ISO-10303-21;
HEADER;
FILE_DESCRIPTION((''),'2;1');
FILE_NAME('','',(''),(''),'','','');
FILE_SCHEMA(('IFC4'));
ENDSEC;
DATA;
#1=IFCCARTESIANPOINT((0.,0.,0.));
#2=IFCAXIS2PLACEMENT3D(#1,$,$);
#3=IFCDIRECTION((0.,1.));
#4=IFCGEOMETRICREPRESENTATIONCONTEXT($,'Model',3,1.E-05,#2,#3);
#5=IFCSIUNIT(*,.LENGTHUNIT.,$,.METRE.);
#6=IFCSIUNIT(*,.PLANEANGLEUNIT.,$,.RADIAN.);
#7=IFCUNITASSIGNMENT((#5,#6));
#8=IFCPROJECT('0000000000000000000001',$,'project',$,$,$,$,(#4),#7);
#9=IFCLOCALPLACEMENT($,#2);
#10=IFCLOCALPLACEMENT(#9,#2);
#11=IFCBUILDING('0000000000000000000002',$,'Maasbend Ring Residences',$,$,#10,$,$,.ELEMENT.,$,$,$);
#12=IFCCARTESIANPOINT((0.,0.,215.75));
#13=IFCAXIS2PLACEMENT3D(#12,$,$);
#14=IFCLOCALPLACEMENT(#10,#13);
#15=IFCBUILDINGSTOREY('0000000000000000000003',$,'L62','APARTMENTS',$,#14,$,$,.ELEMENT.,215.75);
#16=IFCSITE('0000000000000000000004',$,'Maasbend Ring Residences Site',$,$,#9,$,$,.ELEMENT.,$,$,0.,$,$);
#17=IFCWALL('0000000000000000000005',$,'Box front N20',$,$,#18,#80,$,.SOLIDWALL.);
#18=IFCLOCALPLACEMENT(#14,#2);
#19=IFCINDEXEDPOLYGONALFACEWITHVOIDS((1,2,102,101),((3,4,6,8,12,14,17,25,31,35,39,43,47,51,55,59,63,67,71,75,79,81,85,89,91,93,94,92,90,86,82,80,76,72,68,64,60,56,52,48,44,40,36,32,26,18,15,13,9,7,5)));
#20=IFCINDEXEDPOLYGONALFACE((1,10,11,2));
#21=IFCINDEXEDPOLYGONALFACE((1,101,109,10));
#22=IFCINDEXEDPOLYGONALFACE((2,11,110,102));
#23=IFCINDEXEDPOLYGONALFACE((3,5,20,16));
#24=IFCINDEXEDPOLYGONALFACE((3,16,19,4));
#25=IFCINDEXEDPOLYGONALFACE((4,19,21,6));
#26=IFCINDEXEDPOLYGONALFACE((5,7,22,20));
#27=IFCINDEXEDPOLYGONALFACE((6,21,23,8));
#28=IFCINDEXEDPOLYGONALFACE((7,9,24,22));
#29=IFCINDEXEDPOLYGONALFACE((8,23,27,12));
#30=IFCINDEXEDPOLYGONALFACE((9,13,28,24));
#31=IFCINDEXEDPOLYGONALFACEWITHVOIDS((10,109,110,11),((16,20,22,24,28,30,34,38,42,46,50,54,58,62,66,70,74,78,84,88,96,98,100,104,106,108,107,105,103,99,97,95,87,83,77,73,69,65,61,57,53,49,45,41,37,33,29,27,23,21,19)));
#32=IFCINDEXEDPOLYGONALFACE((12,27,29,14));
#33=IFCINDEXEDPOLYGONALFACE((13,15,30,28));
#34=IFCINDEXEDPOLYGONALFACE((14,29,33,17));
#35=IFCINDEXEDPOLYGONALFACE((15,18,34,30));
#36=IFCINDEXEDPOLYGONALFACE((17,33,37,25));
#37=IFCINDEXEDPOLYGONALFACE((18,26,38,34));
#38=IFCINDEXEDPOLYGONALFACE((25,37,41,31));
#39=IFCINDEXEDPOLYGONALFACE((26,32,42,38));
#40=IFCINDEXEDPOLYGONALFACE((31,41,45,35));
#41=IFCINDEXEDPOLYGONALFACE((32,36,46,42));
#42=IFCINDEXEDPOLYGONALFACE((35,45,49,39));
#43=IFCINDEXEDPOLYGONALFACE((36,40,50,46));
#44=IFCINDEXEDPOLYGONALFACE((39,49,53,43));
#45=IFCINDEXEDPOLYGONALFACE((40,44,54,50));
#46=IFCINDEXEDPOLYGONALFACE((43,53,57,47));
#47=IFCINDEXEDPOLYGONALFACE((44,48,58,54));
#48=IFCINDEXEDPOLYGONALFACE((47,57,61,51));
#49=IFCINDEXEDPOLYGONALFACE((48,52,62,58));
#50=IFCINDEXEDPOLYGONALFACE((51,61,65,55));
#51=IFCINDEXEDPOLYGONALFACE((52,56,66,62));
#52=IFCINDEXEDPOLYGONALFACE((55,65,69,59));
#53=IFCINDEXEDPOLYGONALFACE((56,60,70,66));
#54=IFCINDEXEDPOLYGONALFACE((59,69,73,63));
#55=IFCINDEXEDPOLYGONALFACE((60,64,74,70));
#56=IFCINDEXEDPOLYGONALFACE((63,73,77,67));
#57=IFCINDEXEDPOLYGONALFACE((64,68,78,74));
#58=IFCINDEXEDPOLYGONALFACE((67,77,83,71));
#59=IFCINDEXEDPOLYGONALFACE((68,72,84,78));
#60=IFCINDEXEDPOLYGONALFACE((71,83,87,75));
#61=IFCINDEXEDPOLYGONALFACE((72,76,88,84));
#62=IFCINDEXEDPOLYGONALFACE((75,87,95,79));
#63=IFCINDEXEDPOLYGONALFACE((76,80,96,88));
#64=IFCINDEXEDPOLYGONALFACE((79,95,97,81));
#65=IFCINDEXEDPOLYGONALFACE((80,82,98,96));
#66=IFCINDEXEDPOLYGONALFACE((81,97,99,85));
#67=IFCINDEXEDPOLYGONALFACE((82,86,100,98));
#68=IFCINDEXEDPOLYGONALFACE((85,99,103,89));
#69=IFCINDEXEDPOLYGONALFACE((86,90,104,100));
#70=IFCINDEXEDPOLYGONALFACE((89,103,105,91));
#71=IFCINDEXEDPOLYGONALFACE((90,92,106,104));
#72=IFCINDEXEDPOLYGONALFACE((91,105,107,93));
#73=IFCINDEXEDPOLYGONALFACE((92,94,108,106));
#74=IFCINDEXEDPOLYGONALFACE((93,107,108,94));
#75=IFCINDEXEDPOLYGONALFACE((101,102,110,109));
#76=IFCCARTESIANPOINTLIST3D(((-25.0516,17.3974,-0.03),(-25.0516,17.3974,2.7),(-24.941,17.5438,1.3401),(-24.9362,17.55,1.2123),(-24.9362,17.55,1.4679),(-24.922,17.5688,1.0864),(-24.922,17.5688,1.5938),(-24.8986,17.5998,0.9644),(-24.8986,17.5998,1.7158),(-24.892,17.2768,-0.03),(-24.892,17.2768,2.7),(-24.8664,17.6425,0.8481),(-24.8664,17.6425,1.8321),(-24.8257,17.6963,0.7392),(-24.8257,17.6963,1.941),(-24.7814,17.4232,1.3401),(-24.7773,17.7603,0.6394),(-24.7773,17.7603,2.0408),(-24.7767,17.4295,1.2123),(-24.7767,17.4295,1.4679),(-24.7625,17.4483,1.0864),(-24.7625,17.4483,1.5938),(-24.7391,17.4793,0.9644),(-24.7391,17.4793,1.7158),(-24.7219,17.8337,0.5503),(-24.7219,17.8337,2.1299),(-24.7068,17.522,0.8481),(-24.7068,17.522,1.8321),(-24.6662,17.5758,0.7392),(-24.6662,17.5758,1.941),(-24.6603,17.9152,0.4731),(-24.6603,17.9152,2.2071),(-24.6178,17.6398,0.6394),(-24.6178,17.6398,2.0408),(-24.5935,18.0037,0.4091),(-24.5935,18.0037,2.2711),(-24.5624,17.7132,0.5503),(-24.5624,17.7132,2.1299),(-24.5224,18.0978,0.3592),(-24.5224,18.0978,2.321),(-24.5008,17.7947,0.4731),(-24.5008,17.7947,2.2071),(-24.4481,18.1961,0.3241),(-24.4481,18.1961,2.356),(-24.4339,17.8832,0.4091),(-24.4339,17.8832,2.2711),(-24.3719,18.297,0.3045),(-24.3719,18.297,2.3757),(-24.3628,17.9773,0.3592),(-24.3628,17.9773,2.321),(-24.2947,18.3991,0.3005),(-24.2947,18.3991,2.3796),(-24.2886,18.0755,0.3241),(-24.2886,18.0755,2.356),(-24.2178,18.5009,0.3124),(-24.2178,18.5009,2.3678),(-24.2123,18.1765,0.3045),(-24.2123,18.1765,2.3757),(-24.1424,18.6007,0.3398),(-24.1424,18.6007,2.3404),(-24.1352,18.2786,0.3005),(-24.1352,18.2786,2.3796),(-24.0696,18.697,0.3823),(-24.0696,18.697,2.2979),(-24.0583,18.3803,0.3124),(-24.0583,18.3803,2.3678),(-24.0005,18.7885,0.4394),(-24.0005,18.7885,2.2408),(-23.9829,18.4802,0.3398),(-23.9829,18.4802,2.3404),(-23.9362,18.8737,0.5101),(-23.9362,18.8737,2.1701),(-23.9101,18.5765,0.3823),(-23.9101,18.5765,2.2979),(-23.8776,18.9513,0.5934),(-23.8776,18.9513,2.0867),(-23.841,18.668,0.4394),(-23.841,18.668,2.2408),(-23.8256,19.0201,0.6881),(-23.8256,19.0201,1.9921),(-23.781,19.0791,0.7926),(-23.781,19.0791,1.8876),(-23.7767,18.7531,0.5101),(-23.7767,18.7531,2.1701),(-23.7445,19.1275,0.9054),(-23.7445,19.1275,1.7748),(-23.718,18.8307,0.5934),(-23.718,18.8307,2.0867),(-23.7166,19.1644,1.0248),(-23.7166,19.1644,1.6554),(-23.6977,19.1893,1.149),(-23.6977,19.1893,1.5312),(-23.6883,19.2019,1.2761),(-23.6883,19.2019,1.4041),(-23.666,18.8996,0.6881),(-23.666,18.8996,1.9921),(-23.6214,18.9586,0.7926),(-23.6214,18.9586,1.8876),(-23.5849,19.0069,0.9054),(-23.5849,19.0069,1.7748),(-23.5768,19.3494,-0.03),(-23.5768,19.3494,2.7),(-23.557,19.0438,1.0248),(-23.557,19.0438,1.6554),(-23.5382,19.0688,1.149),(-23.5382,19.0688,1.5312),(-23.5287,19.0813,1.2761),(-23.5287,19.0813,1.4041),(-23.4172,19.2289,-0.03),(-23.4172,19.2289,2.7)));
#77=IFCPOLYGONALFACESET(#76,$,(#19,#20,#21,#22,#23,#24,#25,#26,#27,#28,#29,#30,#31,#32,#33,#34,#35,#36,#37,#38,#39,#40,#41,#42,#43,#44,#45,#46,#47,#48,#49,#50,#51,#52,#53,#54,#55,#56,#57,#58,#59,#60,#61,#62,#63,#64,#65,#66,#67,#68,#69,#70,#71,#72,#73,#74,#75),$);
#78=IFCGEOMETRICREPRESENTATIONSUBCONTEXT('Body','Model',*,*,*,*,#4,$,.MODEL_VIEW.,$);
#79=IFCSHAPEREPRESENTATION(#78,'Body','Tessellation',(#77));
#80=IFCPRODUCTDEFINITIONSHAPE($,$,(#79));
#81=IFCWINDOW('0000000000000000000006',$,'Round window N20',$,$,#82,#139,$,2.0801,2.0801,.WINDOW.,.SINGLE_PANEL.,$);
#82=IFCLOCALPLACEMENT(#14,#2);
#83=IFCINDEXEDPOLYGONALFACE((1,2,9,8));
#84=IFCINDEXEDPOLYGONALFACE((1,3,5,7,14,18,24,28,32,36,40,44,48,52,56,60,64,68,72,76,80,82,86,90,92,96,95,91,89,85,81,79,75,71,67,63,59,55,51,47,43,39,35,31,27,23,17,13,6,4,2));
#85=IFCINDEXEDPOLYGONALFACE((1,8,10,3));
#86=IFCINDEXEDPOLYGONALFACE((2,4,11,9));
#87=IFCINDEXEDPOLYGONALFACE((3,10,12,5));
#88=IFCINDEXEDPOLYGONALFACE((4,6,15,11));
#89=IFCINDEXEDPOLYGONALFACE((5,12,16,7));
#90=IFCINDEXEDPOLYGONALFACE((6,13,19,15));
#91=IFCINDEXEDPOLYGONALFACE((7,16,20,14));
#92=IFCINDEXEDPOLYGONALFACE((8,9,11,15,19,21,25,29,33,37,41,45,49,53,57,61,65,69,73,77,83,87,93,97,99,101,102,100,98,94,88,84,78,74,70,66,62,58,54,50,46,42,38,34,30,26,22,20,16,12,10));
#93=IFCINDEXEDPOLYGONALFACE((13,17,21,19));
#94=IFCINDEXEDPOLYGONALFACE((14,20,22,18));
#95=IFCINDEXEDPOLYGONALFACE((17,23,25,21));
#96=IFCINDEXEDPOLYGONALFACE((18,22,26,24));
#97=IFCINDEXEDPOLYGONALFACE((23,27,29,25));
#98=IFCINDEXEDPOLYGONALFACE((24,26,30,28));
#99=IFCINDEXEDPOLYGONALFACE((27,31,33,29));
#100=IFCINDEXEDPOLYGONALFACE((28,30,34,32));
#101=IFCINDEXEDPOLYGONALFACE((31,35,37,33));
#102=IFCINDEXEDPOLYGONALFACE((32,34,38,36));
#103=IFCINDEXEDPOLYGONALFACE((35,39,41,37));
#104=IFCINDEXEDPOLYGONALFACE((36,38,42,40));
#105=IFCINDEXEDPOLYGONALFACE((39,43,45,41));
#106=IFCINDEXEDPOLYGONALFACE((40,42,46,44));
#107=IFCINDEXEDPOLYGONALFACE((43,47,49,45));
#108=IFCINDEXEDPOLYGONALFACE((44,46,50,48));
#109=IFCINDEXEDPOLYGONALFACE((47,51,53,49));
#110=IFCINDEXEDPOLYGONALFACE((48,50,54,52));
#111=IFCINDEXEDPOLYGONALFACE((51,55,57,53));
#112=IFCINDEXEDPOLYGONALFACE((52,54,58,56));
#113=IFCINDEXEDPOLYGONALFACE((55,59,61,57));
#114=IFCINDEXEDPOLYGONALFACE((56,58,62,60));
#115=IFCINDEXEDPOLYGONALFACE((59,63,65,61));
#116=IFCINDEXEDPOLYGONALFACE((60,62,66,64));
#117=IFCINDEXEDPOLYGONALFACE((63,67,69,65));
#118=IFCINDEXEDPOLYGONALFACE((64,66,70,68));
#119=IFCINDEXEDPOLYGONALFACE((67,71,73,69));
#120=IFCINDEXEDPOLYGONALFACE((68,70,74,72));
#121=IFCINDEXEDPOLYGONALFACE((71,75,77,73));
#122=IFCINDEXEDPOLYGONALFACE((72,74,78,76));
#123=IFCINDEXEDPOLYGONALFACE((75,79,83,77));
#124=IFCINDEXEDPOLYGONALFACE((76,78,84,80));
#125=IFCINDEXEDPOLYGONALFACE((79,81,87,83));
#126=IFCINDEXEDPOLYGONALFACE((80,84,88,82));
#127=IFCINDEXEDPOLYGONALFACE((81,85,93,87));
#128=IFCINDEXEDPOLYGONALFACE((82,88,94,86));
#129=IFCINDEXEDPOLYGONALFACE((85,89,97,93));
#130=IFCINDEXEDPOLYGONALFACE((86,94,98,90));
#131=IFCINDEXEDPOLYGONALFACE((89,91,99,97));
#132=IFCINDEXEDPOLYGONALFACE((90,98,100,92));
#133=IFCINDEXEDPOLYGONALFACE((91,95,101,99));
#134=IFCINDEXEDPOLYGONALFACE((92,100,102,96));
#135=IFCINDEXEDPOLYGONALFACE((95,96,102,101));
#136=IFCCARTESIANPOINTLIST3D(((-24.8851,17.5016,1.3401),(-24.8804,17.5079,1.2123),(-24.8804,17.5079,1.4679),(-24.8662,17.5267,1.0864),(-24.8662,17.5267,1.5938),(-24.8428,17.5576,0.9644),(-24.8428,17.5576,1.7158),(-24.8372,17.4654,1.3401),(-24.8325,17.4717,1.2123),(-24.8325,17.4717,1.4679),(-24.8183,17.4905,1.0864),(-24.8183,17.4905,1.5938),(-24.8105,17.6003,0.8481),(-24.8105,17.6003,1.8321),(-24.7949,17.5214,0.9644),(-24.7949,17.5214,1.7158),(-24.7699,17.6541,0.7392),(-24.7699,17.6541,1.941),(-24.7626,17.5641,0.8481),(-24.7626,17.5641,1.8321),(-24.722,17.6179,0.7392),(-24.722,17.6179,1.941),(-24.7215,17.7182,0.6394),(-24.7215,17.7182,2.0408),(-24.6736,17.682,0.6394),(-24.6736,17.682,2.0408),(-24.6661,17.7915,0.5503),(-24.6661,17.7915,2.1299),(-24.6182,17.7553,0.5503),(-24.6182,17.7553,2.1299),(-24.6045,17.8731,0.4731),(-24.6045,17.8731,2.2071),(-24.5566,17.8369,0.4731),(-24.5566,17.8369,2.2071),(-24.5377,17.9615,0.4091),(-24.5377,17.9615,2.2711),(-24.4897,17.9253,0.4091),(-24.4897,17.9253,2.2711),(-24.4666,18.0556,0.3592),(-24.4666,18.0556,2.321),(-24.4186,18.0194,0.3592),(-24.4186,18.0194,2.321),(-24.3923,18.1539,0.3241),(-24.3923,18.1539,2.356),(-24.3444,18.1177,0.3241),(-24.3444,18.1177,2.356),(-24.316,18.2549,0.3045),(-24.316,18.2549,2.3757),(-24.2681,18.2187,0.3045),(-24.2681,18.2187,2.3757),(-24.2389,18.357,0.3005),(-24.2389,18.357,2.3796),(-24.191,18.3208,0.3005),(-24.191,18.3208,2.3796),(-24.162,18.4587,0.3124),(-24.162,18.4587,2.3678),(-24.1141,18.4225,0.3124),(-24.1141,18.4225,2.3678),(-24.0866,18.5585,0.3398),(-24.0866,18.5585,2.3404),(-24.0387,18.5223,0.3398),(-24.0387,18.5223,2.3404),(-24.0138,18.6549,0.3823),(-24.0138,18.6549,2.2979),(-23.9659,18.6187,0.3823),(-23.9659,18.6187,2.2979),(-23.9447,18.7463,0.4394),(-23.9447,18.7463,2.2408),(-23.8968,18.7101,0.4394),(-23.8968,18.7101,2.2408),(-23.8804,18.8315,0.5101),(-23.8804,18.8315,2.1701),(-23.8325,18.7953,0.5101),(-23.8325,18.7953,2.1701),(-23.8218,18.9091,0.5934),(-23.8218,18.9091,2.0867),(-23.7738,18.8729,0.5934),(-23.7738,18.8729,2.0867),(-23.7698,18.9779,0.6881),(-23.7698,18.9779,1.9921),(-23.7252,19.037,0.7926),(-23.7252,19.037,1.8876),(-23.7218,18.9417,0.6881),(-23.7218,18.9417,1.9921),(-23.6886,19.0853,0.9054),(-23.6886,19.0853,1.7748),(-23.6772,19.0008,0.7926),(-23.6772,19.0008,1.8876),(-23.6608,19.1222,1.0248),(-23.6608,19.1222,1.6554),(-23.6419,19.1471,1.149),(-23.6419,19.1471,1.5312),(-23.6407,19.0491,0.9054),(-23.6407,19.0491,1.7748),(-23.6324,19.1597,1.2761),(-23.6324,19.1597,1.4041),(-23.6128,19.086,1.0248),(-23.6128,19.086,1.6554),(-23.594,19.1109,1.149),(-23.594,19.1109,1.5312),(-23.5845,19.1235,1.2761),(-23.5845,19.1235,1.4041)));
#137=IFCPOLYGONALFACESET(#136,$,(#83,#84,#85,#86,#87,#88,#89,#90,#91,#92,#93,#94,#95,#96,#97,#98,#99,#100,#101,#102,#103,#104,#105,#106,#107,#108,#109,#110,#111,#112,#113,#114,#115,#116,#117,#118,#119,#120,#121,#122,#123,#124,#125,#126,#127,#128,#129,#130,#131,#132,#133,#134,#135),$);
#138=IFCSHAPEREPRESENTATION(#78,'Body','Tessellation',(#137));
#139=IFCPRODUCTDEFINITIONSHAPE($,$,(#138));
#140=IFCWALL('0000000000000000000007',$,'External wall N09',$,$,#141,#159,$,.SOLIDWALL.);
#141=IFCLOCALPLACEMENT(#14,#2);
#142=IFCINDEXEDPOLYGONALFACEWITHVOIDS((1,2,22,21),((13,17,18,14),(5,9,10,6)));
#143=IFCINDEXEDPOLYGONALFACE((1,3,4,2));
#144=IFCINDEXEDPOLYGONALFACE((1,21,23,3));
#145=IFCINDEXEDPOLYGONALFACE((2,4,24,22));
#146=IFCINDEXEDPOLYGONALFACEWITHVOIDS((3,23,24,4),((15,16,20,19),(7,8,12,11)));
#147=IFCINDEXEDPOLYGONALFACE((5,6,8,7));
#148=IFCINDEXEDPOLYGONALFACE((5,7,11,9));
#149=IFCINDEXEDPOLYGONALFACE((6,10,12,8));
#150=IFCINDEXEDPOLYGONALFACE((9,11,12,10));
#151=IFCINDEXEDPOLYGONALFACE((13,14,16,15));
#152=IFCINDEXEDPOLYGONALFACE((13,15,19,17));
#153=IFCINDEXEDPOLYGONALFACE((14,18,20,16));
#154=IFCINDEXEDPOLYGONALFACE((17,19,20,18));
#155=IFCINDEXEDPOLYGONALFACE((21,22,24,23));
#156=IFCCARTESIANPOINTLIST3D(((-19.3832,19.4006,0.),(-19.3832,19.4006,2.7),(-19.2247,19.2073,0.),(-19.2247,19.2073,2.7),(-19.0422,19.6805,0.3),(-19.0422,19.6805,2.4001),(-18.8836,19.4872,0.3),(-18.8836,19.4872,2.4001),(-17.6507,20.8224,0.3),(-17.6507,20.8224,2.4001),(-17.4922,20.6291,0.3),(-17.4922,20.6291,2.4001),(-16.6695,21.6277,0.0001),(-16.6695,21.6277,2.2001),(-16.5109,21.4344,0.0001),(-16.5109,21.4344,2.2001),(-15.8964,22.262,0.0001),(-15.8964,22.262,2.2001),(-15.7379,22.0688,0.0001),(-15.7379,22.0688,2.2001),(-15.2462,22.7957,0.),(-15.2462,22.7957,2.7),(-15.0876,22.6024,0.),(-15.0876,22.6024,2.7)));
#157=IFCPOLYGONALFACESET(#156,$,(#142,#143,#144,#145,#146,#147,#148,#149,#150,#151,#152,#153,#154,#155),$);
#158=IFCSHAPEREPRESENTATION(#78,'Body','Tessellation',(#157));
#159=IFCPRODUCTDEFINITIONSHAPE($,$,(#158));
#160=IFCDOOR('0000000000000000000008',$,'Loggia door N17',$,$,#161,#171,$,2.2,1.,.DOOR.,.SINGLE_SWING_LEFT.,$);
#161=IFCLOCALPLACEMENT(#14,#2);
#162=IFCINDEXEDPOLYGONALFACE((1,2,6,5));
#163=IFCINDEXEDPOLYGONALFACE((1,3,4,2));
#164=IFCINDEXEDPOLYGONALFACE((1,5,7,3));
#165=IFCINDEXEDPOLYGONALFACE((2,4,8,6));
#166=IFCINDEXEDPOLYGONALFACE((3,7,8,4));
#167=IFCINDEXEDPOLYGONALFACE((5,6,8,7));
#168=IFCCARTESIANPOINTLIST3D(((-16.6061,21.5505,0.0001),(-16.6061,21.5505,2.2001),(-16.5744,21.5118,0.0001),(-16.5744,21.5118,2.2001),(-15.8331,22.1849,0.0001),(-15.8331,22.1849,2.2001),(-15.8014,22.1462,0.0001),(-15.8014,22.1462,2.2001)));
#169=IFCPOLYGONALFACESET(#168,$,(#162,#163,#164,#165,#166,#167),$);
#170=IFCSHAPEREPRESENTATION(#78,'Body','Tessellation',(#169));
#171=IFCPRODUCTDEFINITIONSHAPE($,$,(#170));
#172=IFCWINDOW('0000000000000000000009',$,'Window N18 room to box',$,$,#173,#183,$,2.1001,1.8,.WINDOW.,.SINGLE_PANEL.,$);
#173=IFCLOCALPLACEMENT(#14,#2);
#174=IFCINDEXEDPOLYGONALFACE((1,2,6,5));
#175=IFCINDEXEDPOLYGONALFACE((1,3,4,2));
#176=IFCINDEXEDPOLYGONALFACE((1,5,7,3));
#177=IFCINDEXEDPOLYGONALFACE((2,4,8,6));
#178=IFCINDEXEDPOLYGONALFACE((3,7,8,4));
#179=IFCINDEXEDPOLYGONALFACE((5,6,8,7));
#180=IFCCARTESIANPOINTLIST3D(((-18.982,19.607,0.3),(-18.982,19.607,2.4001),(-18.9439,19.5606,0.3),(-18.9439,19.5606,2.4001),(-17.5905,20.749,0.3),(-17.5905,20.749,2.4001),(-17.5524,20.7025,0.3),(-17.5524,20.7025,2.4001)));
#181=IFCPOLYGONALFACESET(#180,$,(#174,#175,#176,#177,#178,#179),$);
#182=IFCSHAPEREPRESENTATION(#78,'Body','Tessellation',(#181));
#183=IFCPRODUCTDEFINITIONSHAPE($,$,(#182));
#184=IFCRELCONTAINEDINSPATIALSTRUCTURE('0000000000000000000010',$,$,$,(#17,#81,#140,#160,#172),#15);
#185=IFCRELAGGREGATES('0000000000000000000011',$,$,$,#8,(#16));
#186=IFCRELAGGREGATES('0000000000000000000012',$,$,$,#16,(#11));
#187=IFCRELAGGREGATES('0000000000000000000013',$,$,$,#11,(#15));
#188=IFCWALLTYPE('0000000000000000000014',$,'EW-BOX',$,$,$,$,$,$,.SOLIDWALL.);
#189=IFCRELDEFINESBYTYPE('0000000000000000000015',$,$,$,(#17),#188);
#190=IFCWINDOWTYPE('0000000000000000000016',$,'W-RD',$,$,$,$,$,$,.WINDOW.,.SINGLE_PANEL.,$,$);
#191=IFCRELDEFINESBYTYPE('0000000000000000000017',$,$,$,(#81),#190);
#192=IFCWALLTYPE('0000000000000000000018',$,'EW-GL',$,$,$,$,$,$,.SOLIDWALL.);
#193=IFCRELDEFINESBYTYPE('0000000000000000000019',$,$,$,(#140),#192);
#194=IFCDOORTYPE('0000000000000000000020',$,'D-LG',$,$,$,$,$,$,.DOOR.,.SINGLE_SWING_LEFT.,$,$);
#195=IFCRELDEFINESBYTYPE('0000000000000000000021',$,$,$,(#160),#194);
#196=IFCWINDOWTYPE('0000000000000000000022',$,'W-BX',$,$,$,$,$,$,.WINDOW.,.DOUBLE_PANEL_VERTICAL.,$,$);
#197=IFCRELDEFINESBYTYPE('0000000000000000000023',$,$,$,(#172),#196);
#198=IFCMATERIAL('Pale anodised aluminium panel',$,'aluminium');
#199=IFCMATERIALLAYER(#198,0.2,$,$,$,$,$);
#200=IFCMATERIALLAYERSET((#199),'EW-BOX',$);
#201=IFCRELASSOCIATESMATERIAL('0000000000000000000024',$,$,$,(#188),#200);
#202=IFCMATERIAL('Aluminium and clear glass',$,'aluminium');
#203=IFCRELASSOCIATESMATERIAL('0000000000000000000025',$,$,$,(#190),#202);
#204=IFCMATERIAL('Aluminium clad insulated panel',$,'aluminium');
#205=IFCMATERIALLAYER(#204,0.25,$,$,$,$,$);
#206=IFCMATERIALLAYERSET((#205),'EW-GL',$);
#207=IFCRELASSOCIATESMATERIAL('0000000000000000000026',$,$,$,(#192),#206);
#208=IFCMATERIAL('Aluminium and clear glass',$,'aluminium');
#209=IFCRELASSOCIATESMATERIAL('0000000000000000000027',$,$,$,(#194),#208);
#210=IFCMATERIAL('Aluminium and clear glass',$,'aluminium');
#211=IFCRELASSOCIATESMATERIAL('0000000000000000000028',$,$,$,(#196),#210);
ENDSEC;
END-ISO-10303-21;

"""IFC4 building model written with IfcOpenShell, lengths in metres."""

from ifc_helpers import new_model, si_unit, direction, frame, frame_2d, origin, place, context, subcontext, project, spatial, rectangle, circle, extrude, material, layer, layer_set, type_object, element, fill, save


model = new_model("IFC4")

# Units and contexts
model_context = context("Model", 3, precision=1e-05, world=origin(), true_north=direction((0.0, 1.0)))
body_context = subcontext(model_context, "Body", "Model", "MODEL_VIEW")
ifc_project = project(units=[si_unit("LENGTHUNIT", "METRE"), si_unit("PLANEANGLEUNIT", "RADIAN")], contexts=[model_context])

# Site, building, storey
site_placement = place(None, origin())
site = spatial("IfcSite", under=ifc_project, at=site_placement, Name="Maasbend Ring Residences Site", CompositionType="ELEMENT", RefElevation=0.0)
building_placement = place(site_placement, origin())
building = spatial("IfcBuilding", under=site, at=building_placement, Name="Maasbend Ring Residences", CompositionType="ELEMENT")
storey_placement = place(building_placement, frame((0.0, 0.0, 215.75)))
storey = spatial("IfcBuildingStorey", under=building, at=storey_placement, Name="L62", Description="APARTMENTS", CompositionType="ELEMENT", Elevation=215.75)

# Shared definitions
ifc_material_1 = material(Name="Pale anodised aluminium panel", Category="aluminium")
ifc_layer_1 = layer(ifc_material_1, 0.2)
ifc_layer_set_1 = layer_set([ifc_layer_1], Name="EW-BOX")
wall_type_1 = type_object("IfcWallType", Name="EW-BOX", PredefinedType="SOLIDWALL", material=ifc_layer_set_1)
ifc_material_2 = material(Name="Aluminium and clear glass", Category="aluminium")
window_type_1 = type_object("IfcWindowType", Name="W-RD", PartitioningType="SINGLE_PANEL", PredefinedType="WINDOW", material=ifc_material_2)

# Wall, opening, window
wall_1_placement = place(storey_placement, frame((-23.4971, 19.2891, -0.03), z_axis=(0.0, 0.0, 1.0), x_axis=(-0.602806, -0.797888, 0.0)))
wall_1 = element("IfcWall", 1, at=wall_1_placement, inside=storey, type_object=wall_type_1, Name="Box front N20", PredefinedType="SOLIDWALL", context=body_context, shape_type="SweptSolid", body=[
    extrude(rectangle(XDim=2.4465, YDim=0.2, at=frame_2d((1.2231, 0.0))), origin(), (0.0, 0.0, 1.0), 2.73),
])
opening_1_placement = place(wall_1_placement, frame((0.1829, 0.0, 0.3301)))
opening_1 = element("IfcOpeningElement", 2, at=opening_1_placement, cuts=wall_1, PredefinedType="OPENING", context=body_context, shape_type="SweptSolid", body=[
    extrude(circle(Radius=1.04, at=frame_2d((1.04, 1.04))), frame((0.0, 0.1099, 0.0), z_axis=(0.0, -1.0, 0.0), x_axis=(1.0, 0.0, 0.0)), (0.0, 0.0, 1.0), 0.22),
])
window_1_placement = place(opening_1_placement, origin())
window_1 = element("IfcWindow", 3, at=window_1_placement, inside=storey, type_object=window_type_1, Name="Round window N20", OverallHeight=2.0801, OverallWidth=2.0801, PartitioningType="SINGLE_PANEL", PredefinedType="WINDOW", context=body_context, shape_type="SweptSolid", body=[
    extrude(circle(Radius=1.04, at=frame_2d((1.04, 1.04))), frame((0.0, 0.03, 0.0), z_axis=(0.0, -1.0, 0.0), x_axis=(1.0, 0.0, 0.0)), (0.0, 0.0, 1.0), 0.0601),
])
fill(opening_1, window_1)

# Wall, openings, door, window
ifc_material_3 = material(Name="Aluminium clad insulated panel", Category="aluminium")
ifc_layer_2 = layer(ifc_material_3, 0.25)
ifc_layer_set_2 = layer_set([ifc_layer_2], Name="EW-GL")
wall_type_2 = type_object("IfcWallType", Name="EW-GL", PredefinedType="SOLIDWALL", material=ifc_layer_set_2)
wall_2_placement = place(storey_placement, frame((-15.167, 22.699, 0.0), z_axis=(0.0, 0.0, 1.0), x_axis=(-0.773019, -0.634382, 0.0)))
wall_2 = element("IfcWall", 4, at=wall_2_placement, inside=storey, type_object=wall_type_2, Name="External wall N09", PredefinedType="SOLIDWALL", context=body_context, shape_type="SweptSolid", body=[
    extrude(rectangle(XDim=5.3518, YDim=0.25, at=frame_2d((2.6758, 0.0))), origin(), (0.0, 0.0, 1.0), 2.7),
])
opening_2_placement = place(wall_2_placement, frame((0.8411, 0.0, 0.0)))
opening_2 = element("IfcOpeningElement", 5, at=opening_2_placement, cuts=wall_2, PredefinedType="OPENING", context=body_context, shape_type="SweptSolid", body=[
    extrude(rectangle(XDim=1.0, YDim=2.2, at=frame_2d((0.5, 1.1001))), frame((0.0, 0.135, 0.0), z_axis=(0.0, -1.0, 0.0), x_axis=(1.0, 0.0, 0.0)), (0.0, 0.0, 1.0), 0.27),
])
opening_3_placement = place(wall_2_placement, frame((3.1106, 0.0, 0.3)))
opening_3 = element("IfcOpeningElement", 6, at=opening_3_placement, cuts=wall_2, PredefinedType="OPENING", context=body_context, shape_type="SweptSolid", body=[
    extrude(rectangle(XDim=1.8, YDim=2.1001, at=frame_2d((0.8999, 1.05))), frame((0.0, 0.135, 0.0), z_axis=(0.0, -1.0, 0.0), x_axis=(1.0, 0.0, 0.0)), (0.0, 0.0, 1.0), 0.27),
])
ifc_material_4 = material(Name="Aluminium and clear glass", Category="aluminium")
door_type_1 = type_object("IfcDoorType", Name="D-LG", OperationType="SINGLE_SWING_LEFT", PredefinedType="DOOR", material=ifc_material_4)
door_1_placement = place(opening_2_placement, origin())
door_1 = element("IfcDoor", 7, at=door_1_placement, inside=storey, type_object=door_type_1, Name="Loggia door N17", OperationType="SINGLE_SWING_LEFT", OverallHeight=2.2, OverallWidth=1.0, PredefinedType="DOOR", context=body_context, shape_type="SweptSolid", body=[
    extrude(rectangle(XDim=1.0, YDim=2.2, at=frame_2d((0.5, 1.1001))), frame((0.0, 0.0249, 0.0), z_axis=(0.0, -1.0, 0.0), x_axis=(1.0, 0.0, 0.0)), (0.0, 0.0, 1.0), 0.05),
])
fill(opening_2, door_1)
ifc_material_5 = material(Name="Aluminium and clear glass", Category="aluminium")
window_type_2 = type_object("IfcWindowType", Name="W-BX", PartitioningType="DOUBLE_PANEL_VERTICAL", PredefinedType="WINDOW", material=ifc_material_5)
window_2_placement = place(opening_3_placement, origin())
window_2 = element("IfcWindow", 8, at=window_2_placement, inside=storey, type_object=window_type_2, Name="Window N18 room to box", OverallHeight=2.1001, OverallWidth=1.8, PartitioningType="SINGLE_PANEL", PredefinedType="WINDOW", context=body_context, shape_type="SweptSolid", body=[
    extrude(rectangle(XDim=1.8, YDim=2.1001, at=frame_2d((0.8999, 1.05))), frame((0.0, 0.03, 0.0), z_axis=(0.0, -1.0, 0.0), x_axis=(1.0, 0.0, 0.0)), (0.0, 0.0, 1.0), 0.0601),
])
fill(opening_3, window_2)

save(model, "model.ifc")
